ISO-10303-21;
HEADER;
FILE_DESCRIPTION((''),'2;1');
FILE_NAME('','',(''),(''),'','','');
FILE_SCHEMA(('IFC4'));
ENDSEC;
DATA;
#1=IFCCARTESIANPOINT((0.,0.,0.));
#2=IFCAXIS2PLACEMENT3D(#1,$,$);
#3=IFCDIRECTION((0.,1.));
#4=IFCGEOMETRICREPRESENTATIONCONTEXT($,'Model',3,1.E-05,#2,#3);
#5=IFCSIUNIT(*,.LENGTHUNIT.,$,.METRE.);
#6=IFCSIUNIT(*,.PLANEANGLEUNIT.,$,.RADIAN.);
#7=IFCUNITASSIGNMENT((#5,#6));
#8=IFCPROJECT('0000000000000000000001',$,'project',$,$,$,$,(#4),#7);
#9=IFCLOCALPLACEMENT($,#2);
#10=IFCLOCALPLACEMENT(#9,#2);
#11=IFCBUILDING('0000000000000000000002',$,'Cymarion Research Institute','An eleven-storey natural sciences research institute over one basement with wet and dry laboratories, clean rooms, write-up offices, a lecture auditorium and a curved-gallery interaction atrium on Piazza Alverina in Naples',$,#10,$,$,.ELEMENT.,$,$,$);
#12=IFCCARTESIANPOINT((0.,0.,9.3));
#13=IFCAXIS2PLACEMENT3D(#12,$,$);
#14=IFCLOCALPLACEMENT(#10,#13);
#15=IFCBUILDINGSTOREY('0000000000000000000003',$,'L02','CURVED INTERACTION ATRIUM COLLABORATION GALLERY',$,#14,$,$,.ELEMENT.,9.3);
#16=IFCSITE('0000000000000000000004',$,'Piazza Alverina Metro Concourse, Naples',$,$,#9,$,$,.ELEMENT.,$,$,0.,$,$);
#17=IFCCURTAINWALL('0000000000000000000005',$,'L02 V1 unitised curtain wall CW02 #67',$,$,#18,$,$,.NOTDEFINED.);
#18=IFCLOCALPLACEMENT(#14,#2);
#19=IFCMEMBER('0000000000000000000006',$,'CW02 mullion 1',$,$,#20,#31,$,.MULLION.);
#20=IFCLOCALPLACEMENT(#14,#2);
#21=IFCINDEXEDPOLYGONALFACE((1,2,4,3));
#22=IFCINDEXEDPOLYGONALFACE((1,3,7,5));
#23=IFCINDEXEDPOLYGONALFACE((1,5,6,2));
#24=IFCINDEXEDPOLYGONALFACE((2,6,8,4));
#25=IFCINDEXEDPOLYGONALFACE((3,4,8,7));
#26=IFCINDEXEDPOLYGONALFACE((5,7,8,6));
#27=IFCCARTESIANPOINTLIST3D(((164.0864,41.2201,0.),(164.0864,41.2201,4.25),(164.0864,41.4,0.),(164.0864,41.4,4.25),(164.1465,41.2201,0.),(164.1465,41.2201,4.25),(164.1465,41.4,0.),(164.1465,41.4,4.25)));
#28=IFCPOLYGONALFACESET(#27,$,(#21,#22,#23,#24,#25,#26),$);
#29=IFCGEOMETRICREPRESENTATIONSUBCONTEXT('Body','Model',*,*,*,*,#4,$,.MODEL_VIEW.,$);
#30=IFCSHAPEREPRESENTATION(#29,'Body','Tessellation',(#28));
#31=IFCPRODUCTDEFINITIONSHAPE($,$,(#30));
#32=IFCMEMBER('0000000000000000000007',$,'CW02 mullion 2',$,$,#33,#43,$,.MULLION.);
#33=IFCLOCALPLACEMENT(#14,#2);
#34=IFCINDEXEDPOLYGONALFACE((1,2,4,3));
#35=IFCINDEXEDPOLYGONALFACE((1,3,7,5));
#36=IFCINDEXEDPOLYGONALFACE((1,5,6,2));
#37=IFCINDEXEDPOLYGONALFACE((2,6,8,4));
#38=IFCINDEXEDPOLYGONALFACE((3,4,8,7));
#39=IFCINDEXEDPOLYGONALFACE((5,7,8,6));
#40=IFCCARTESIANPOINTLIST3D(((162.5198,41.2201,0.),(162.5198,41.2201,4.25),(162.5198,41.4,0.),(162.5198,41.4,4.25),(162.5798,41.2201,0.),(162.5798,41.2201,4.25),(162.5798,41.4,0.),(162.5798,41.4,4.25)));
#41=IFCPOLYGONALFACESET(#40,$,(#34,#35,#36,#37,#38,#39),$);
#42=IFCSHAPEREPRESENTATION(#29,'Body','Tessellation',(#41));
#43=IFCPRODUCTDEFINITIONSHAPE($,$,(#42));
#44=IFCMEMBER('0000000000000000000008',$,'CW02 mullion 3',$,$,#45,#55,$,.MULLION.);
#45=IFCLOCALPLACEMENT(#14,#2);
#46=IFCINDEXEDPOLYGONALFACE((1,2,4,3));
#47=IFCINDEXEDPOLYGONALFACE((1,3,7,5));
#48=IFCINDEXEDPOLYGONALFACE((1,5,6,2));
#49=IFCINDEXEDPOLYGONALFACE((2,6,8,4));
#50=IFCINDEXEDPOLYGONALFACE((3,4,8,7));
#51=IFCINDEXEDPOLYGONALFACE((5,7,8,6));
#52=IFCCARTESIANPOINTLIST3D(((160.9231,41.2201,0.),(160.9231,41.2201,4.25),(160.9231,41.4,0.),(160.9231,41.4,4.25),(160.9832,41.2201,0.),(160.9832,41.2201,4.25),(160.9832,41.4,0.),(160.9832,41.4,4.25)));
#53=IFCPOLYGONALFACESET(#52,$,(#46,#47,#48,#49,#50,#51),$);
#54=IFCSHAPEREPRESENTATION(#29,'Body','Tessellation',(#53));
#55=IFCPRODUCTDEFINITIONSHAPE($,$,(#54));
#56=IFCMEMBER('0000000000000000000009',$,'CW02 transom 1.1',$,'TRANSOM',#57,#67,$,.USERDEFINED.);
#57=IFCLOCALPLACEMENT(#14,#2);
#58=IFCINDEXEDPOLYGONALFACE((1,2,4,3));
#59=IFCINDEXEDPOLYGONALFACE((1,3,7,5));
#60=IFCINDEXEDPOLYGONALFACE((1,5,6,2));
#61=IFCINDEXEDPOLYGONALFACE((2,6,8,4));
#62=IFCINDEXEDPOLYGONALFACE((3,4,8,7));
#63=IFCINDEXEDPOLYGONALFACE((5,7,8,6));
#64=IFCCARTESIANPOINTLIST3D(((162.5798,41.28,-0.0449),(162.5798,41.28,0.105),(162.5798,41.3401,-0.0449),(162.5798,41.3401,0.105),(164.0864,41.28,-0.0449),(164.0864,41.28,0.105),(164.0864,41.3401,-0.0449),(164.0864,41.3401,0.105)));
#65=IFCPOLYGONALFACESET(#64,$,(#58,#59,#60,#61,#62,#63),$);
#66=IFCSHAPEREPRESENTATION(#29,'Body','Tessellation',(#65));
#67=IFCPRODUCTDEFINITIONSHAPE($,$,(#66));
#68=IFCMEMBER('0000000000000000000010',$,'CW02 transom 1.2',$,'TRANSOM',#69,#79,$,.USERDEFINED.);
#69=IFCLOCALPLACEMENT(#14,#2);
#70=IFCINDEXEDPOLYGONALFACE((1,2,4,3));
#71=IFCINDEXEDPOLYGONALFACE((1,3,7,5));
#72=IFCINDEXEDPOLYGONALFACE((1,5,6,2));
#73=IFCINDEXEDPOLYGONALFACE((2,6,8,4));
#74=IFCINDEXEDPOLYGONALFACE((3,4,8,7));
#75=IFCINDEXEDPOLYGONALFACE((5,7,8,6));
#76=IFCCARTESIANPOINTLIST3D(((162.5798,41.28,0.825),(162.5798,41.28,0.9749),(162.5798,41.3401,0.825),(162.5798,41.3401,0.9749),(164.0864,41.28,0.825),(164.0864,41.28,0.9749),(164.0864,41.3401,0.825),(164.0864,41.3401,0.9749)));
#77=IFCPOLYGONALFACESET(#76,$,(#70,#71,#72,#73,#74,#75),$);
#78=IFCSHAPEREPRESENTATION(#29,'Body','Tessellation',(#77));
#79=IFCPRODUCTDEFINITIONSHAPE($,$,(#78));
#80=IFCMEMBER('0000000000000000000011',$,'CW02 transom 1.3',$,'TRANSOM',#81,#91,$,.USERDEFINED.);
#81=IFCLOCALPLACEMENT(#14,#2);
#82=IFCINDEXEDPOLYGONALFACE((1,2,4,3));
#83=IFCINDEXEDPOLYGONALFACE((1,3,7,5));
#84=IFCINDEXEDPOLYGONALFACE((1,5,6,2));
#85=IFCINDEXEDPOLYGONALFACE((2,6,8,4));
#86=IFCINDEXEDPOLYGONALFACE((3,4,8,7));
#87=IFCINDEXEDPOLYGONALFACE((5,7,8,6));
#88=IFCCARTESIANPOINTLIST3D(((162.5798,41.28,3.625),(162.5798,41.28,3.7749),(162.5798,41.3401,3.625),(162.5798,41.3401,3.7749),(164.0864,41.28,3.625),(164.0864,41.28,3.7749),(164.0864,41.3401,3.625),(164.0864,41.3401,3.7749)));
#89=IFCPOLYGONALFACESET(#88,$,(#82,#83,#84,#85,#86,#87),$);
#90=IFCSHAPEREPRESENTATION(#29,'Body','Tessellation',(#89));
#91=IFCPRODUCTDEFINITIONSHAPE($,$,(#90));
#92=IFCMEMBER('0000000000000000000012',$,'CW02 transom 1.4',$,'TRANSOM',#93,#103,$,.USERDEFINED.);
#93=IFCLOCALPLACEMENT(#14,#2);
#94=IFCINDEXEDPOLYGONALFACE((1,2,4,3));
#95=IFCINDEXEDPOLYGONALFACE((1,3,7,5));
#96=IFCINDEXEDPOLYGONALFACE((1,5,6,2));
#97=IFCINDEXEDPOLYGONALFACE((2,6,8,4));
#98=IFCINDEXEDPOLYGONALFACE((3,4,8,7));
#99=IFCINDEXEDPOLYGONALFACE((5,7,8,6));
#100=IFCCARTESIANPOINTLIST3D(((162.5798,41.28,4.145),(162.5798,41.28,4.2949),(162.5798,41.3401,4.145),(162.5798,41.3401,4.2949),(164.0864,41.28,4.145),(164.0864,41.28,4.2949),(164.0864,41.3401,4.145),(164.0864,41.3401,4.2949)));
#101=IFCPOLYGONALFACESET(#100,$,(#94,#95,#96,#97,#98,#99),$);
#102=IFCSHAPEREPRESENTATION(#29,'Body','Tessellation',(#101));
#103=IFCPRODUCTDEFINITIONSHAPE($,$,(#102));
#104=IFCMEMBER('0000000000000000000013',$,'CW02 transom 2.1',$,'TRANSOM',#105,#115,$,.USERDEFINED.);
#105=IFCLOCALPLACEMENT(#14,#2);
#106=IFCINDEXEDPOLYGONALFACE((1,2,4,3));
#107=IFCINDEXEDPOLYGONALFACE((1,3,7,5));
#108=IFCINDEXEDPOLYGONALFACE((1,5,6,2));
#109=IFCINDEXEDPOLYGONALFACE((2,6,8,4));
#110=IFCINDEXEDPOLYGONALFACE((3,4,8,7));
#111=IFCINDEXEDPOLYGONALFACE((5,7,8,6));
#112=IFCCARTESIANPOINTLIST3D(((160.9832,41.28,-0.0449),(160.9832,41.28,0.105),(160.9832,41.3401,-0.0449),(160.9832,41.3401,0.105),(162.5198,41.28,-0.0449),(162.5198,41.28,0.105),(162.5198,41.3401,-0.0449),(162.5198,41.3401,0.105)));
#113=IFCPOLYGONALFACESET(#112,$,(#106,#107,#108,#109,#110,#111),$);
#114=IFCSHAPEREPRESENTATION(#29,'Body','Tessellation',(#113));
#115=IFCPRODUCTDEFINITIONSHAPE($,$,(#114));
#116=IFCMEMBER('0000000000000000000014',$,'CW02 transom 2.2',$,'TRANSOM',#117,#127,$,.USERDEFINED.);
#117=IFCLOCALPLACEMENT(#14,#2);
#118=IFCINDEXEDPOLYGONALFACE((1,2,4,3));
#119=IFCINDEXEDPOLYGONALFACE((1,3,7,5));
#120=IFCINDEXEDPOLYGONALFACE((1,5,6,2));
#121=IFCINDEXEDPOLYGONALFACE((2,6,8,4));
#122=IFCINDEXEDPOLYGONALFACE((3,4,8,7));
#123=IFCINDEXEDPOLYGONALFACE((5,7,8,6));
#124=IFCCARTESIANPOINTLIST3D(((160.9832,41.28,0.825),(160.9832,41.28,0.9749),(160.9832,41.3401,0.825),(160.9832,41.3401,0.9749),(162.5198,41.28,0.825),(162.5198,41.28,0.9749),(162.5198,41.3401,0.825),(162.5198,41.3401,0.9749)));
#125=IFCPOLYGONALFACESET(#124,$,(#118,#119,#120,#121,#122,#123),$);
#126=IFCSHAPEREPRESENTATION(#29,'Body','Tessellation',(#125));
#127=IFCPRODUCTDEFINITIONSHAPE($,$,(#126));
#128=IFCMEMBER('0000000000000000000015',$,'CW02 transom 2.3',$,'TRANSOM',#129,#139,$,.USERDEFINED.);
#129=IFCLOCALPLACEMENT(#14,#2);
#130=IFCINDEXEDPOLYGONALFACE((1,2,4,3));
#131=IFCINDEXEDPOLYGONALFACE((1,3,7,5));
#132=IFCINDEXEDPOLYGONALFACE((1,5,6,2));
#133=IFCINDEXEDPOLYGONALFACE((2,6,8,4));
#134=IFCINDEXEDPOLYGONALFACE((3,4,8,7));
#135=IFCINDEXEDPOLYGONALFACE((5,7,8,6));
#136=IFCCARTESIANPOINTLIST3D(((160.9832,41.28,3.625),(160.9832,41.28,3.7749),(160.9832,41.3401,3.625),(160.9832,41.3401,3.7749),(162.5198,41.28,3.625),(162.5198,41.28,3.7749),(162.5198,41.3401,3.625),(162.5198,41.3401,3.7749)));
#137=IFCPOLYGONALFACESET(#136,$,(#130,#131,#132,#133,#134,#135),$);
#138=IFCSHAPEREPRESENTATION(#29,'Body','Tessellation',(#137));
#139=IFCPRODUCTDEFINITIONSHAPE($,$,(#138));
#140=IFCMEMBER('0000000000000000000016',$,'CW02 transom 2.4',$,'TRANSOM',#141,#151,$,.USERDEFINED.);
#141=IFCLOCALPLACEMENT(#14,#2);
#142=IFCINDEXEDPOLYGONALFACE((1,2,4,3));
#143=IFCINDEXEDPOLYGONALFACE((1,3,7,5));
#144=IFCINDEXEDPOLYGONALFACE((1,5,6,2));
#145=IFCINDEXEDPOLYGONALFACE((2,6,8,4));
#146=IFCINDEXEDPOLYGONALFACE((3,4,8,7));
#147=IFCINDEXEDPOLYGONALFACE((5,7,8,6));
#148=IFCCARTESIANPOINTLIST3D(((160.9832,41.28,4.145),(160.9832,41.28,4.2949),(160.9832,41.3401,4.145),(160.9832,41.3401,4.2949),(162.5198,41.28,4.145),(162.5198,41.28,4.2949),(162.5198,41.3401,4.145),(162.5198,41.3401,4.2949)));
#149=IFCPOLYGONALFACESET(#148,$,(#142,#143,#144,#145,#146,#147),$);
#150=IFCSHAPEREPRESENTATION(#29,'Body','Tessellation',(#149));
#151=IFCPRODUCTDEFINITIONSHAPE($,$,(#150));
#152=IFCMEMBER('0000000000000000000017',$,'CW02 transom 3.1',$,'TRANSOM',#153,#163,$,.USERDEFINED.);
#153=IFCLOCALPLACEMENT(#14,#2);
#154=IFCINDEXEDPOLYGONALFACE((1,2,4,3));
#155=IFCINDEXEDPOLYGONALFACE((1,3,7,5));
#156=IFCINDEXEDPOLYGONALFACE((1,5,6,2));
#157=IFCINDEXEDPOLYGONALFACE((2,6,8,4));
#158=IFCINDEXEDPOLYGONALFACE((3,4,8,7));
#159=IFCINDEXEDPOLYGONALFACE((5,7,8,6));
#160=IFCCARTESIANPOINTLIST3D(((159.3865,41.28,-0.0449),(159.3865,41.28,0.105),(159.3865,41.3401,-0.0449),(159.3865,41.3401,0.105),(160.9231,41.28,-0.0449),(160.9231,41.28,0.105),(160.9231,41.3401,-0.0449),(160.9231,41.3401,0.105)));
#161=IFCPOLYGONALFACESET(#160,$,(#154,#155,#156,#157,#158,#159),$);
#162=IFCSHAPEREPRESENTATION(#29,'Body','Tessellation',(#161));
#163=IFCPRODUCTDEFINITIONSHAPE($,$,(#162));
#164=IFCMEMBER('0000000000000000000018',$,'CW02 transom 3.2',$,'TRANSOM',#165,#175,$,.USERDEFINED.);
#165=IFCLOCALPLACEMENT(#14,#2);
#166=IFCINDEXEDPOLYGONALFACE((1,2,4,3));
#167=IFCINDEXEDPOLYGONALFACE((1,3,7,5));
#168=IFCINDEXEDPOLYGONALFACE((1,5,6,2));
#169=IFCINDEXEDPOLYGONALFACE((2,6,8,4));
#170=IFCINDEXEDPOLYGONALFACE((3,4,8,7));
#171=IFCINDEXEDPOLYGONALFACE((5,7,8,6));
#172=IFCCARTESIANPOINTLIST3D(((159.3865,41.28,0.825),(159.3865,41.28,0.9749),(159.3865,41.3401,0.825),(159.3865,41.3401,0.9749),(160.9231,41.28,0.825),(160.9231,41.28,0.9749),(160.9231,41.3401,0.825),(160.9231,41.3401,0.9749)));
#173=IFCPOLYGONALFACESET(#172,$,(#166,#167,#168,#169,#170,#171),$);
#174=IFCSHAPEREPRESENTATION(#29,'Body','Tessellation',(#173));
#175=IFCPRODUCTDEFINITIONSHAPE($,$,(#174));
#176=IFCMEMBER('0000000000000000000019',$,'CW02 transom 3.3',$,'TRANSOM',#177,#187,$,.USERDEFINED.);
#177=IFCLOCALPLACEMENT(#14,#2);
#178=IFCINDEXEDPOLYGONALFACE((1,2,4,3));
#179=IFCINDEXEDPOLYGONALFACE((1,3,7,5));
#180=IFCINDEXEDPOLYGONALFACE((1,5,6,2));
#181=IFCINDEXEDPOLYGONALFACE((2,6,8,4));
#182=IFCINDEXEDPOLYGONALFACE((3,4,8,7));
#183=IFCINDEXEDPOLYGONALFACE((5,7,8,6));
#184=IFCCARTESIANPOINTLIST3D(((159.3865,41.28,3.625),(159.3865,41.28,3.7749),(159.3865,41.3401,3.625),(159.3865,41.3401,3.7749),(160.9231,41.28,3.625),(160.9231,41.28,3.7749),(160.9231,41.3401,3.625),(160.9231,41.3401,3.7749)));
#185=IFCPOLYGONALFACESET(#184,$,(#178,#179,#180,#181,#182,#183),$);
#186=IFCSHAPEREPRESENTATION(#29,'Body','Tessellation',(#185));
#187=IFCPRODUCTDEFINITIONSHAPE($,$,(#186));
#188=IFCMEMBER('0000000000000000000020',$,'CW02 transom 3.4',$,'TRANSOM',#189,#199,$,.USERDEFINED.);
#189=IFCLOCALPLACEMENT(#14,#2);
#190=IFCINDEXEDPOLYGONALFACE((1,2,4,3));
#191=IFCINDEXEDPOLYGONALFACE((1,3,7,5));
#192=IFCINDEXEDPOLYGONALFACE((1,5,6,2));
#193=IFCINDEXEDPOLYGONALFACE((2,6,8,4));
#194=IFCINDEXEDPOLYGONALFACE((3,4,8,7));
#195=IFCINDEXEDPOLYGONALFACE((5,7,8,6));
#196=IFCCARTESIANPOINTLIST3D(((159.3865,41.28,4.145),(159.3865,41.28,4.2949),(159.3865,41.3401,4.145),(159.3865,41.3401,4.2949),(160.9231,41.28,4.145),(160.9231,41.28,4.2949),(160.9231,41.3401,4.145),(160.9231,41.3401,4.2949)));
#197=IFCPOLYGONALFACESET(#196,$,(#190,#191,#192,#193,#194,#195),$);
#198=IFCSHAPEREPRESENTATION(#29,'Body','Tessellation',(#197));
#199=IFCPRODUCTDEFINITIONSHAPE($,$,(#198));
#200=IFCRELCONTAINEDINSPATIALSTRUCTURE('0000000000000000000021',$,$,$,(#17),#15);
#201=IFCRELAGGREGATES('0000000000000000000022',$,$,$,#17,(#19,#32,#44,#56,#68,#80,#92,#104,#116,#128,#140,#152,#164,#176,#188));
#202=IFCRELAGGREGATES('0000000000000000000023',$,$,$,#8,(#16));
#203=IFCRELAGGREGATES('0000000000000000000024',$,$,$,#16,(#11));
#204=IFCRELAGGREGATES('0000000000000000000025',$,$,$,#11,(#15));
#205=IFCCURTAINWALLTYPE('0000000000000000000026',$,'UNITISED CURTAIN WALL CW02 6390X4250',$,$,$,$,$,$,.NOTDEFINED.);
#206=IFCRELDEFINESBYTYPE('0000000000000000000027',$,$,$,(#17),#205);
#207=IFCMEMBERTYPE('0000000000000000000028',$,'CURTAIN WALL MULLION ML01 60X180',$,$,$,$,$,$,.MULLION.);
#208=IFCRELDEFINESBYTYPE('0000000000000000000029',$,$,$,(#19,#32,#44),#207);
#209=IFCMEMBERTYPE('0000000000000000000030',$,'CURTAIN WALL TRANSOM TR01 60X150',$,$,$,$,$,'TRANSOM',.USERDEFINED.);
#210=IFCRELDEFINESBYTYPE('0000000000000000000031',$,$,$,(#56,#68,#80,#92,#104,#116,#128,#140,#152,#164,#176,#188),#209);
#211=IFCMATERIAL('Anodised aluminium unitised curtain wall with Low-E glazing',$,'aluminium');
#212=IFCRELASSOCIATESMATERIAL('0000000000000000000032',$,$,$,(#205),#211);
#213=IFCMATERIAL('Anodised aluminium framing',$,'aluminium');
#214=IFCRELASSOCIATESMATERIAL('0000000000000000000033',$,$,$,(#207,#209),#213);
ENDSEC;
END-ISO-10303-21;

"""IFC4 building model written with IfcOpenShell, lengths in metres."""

from ifc_helpers import new_model, si_unit, direction, frame, origin, origin_2d, place, context, subcontext, project, spatial, rectangle, extrude, material, material_profile, profile_set, type_object, element, aggregate, save


model = new_model("IFC4")

# Units and contexts
model_context = context("Model", 3, precision=1e-05, world=origin(), true_north=direction((0.0, 1.0)))
body_context = subcontext(model_context, "Body", "Model", "MODEL_VIEW")
ifc_project = project(units=[si_unit("LENGTHUNIT", "METRE"), si_unit("PLANEANGLEUNIT", "RADIAN")], contexts=[model_context])

# Site, building, storey
site_placement = place(None, origin())
site = spatial("IfcSite", under=ifc_project, at=site_placement, Name="Piazza Alverina Metro Concourse, Naples", CompositionType="ELEMENT", RefElevation=0.0)
building_placement = place(site_placement, origin())
building = spatial("IfcBuilding", under=site, at=building_placement, Name="Cymarion Research Institute", Description="An eleven-storey natural sciences research institute over one basement with wet and dry laboratories, clean rooms, write-up offices, a lecture auditorium and a curved-gallery interaction atrium on Piazza Alverina in Naples", CompositionType="ELEMENT")
storey_placement = place(building_placement, frame((0.0, 0.0, 9.3)))
storey = spatial("IfcBuildingStorey", under=building, at=storey_placement, Name="L02", Description="CURVED INTERACTION ATRIUM COLLABORATION GALLERY", CompositionType="ELEMENT", Elevation=9.3)

# Curtain wall, members
ifc_material_1 = material(Name="Anodised aluminium unitised curtain wall with Low-E glazing", Category="aluminium")
curtain_wall_type = type_object("IfcCurtainWallType", Name="UNITISED CURTAIN WALL CW02 6390X4250", PredefinedType="NOTDEFINED", material=ifc_material_1)
curtain_wall_placement = place(storey_placement, origin())
curtain_wall = element("IfcCurtainWall", 1, at=curtain_wall_placement, inside=storey, type_object=curtain_wall_type, Name="L02 V1 unitised curtain wall CW02 #67", PredefinedType="NOTDEFINED")
ifc_material_2 = material(Name="Anodised aluminium framing", Category="aluminium")
ifc_material_profile_1 = material_profile(ifc_material_2, rectangle(XDim=0.0601, YDim=0.1799, at=origin_2d()), Name="ALU MULLION 60x180")
ifc_profile_set_1 = profile_set([ifc_material_profile_1], Name="Anodised aluminium framing")
member_type_1 = type_object("IfcMemberType", Name="CURTAIN WALL MULLION ML01 60X180", PredefinedType="MULLION", material=ifc_profile_set_1)
member_1_placement = place(storey_placement, frame((164.1165, 41.3101, 0.0), z_axis=(0.0, 0.0, 1.0), x_axis=(-1.0, 0.0, 0.0)))
member_1 = element("IfcMember", 2, at=member_1_placement, type_object=member_type_1, Name="CW02 mullion 1", PredefinedType="MULLION", context=body_context, shape_type="SweptSolid", body=[
    extrude(rectangle(XDim=0.0601, YDim=0.1799, at=origin_2d()), origin(), (0.0, 0.0, 1.0), 4.25),
])
member_2_placement = place(storey_placement, frame((162.5498, 41.3101, 0.0), z_axis=(0.0, 0.0, 1.0), x_axis=(-1.0, 0.0, 0.0)))
member_2 = element("IfcMember", 3, at=member_2_placement, type_object=member_type_1, Name="CW02 mullion 2", PredefinedType="MULLION", context=body_context, shape_type="SweptSolid", body=[
    extrude(rectangle(XDim=0.0601, YDim=0.1799, at=origin_2d()), origin(), (0.0, 0.0, 1.0), 4.25),
])
member_3_placement = place(storey_placement, frame((160.9531, 41.3101, 0.0), z_axis=(0.0, 0.0, 1.0), x_axis=(-1.0, 0.0, 0.0)))
member_3 = element("IfcMember", 4, at=member_3_placement, type_object=member_type_1, Name="CW02 mullion 3", PredefinedType="MULLION", context=body_context, shape_type="SweptSolid", body=[
    extrude(rectangle(XDim=0.0601, YDim=0.1799, at=origin_2d()), origin(), (0.0, 0.0, 1.0), 4.25),
])
ifc_material_profile_2 = material_profile(ifc_material_2, rectangle(XDim=0.0601, YDim=0.1499, at=origin_2d()), Name="ALU TRANSOM 60x150")
ifc_profile_set_2 = profile_set([ifc_material_profile_2], Name="Anodised aluminium framing")
member_type_2 = type_object("IfcMemberType", Name="CURTAIN WALL TRANSOM TR01 60X150", ElementType="TRANSOM", PredefinedType="USERDEFINED", material=ifc_profile_set_2)
member_4_placement = place(storey_placement, frame((164.0864, 41.3101, 0.03), z_axis=(-1.0, 0.0, 0.0), x_axis=(0.0, -1.0, 0.0)))
member_4 = element("IfcMember", 5, at=member_4_placement, type_object=member_type_2, Name="CW02 transom 1.1", ObjectType="TRANSOM", PredefinedType="USERDEFINED", context=body_context, shape_type="SweptSolid", body=[
    extrude(rectangle(XDim=0.0601, YDim=0.1499, at=origin_2d()), origin(), (0.0, 0.0, 1.0), 1.5066),
])
member_5_placement = place(storey_placement, frame((164.0864, 41.3101, 0.8999), z_axis=(-1.0, 0.0, 0.0), x_axis=(0.0, -1.0, 0.0)))
member_5 = element("IfcMember", 6, at=member_5_placement, type_object=member_type_2, Name="CW02 transom 1.2", ObjectType="TRANSOM", PredefinedType="USERDEFINED", context=body_context, shape_type="SweptSolid", body=[
    extrude(rectangle(XDim=0.0601, YDim=0.1499, at=origin_2d()), origin(), (0.0, 0.0, 1.0), 1.5066),
])
member_6_placement = place(storey_placement, frame((164.0864, 41.3101, 3.7), z_axis=(-1.0, 0.0, 0.0), x_axis=(0.0, -1.0, 0.0)))
member_6 = element("IfcMember", 7, at=member_6_placement, type_object=member_type_2, Name="CW02 transom 1.3", ObjectType="TRANSOM", PredefinedType="USERDEFINED", context=body_context, shape_type="SweptSolid", body=[
    extrude(rectangle(XDim=0.0601, YDim=0.1499, at=origin_2d()), origin(), (0.0, 0.0, 1.0), 1.5066),
])
member_7_placement = place(storey_placement, frame((164.0864, 41.3101, 4.22), z_axis=(-1.0, 0.0, 0.0), x_axis=(0.0, -1.0, 0.0)))
member_7 = element("IfcMember", 8, at=member_7_placement, type_object=member_type_2, Name="CW02 transom 1.4", ObjectType="TRANSOM", PredefinedType="USERDEFINED", context=body_context, shape_type="SweptSolid", body=[
    extrude(rectangle(XDim=0.0601, YDim=0.1499, at=origin_2d()), origin(), (0.0, 0.0, 1.0), 1.5066),
])
member_8_placement = place(storey_placement, frame((162.5198, 41.3101, 0.03), z_axis=(-1.0, 0.0, 0.0), x_axis=(0.0, -1.0, 0.0)))
member_8 = element("IfcMember", 9, at=member_8_placement, type_object=member_type_2, Name="CW02 transom 2.1", ObjectType="TRANSOM", PredefinedType="USERDEFINED", context=body_context, shape_type="SweptSolid", body=[
    extrude(rectangle(XDim=0.0601, YDim=0.1499, at=origin_2d()), origin(), (0.0, 0.0, 1.0), 1.5366),
])
member_9_placement = place(storey_placement, frame((162.5198, 41.3101, 0.8999), z_axis=(-1.0, 0.0, 0.0), x_axis=(0.0, -1.0, 0.0)))
member_9 = element("IfcMember", 10, at=member_9_placement, type_object=member_type_2, Name="CW02 transom 2.2", ObjectType="TRANSOM", PredefinedType="USERDEFINED", context=body_context, shape_type="SweptSolid", body=[
    extrude(rectangle(XDim=0.0601, YDim=0.1499, at=origin_2d()), origin(), (0.0, 0.0, 1.0), 1.5366),
])
member_10_placement = place(storey_placement, frame((162.5198, 41.3101, 3.7), z_axis=(-1.0, 0.0, 0.0), x_axis=(0.0, -1.0, 0.0)))
member_10 = element("IfcMember", 11, at=member_10_placement, type_object=member_type_2, Name="CW02 transom 2.3", ObjectType="TRANSOM", PredefinedType="USERDEFINED", context=body_context, shape_type="SweptSolid", body=[
    extrude(rectangle(XDim=0.0601, YDim=0.1499, at=origin_2d()), origin(), (0.0, 0.0, 1.0), 1.5366),
])
member_11_placement = place(storey_placement, frame((162.5198, 41.3101, 4.22), z_axis=(-1.0, 0.0, 0.0), x_axis=(0.0, -1.0, 0.0)))
member_11 = element("IfcMember", 12, at=member_11_placement, type_object=member_type_2, Name="CW02 transom 2.4", ObjectType="TRANSOM", PredefinedType="USERDEFINED", context=body_context, shape_type="SweptSolid", body=[
    extrude(rectangle(XDim=0.0601, YDim=0.1499, at=origin_2d()), origin(), (0.0, 0.0, 1.0), 1.5366),
])
member_12_placement = place(storey_placement, frame((160.9231, 41.3101, 0.03), z_axis=(-1.0, 0.0, 0.0), x_axis=(0.0, -1.0, 0.0)))
member_12 = element("IfcMember", 13, at=member_12_placement, type_object=member_type_2, Name="CW02 transom 3.1", ObjectType="TRANSOM", PredefinedType="USERDEFINED", context=body_context, shape_type="SweptSolid", body=[
    extrude(rectangle(XDim=0.0601, YDim=0.1499, at=origin_2d()), origin(), (0.0, 0.0, 1.0), 1.5366),
])
member_13_placement = place(storey_placement, frame((160.9231, 41.3101, 0.8999), z_axis=(-1.0, 0.0, 0.0), x_axis=(0.0, -1.0, 0.0)))
member_13 = element("IfcMember", 14, at=member_13_placement, type_object=member_type_2, Name="CW02 transom 3.2", ObjectType="TRANSOM", PredefinedType="USERDEFINED", context=body_context, shape_type="SweptSolid", body=[
    extrude(rectangle(XDim=0.0601, YDim=0.1499, at=origin_2d()), origin(), (0.0, 0.0, 1.0), 1.5366),
])
member_14_placement = place(storey_placement, frame((160.9231, 41.3101, 3.7), z_axis=(-1.0, 0.0, 0.0), x_axis=(0.0, -1.0, 0.0)))
member_14 = element("IfcMember", 15, at=member_14_placement, type_object=member_type_2, Name="CW02 transom 3.3", ObjectType="TRANSOM", PredefinedType="USERDEFINED", context=body_context, shape_type="SweptSolid", body=[
    extrude(rectangle(XDim=0.0601, YDim=0.1499, at=origin_2d()), origin(), (0.0, 0.0, 1.0), 1.5366),
])
member_15_placement = place(storey_placement, frame((160.9231, 41.3101, 4.22), z_axis=(-1.0, 0.0, 0.0), x_axis=(0.0, -1.0, 0.0)))
member_15 = element("IfcMember", 16, at=member_15_placement, type_object=member_type_2, Name="CW02 transom 3.4", ObjectType="TRANSOM", PredefinedType="USERDEFINED", context=body_context, shape_type="SweptSolid", body=[
    extrude(rectangle(XDim=0.0601, YDim=0.1499, at=origin_2d()), origin(), (0.0, 0.0, 1.0), 1.5366),
])
aggregate(curtain_wall, [member_1, member_2, member_3, member_4, member_5, member_6, member_7, member_8, member_9, member_10, member_11, member_12, member_13, member_14, member_15])

save(model, "model.ifc")
